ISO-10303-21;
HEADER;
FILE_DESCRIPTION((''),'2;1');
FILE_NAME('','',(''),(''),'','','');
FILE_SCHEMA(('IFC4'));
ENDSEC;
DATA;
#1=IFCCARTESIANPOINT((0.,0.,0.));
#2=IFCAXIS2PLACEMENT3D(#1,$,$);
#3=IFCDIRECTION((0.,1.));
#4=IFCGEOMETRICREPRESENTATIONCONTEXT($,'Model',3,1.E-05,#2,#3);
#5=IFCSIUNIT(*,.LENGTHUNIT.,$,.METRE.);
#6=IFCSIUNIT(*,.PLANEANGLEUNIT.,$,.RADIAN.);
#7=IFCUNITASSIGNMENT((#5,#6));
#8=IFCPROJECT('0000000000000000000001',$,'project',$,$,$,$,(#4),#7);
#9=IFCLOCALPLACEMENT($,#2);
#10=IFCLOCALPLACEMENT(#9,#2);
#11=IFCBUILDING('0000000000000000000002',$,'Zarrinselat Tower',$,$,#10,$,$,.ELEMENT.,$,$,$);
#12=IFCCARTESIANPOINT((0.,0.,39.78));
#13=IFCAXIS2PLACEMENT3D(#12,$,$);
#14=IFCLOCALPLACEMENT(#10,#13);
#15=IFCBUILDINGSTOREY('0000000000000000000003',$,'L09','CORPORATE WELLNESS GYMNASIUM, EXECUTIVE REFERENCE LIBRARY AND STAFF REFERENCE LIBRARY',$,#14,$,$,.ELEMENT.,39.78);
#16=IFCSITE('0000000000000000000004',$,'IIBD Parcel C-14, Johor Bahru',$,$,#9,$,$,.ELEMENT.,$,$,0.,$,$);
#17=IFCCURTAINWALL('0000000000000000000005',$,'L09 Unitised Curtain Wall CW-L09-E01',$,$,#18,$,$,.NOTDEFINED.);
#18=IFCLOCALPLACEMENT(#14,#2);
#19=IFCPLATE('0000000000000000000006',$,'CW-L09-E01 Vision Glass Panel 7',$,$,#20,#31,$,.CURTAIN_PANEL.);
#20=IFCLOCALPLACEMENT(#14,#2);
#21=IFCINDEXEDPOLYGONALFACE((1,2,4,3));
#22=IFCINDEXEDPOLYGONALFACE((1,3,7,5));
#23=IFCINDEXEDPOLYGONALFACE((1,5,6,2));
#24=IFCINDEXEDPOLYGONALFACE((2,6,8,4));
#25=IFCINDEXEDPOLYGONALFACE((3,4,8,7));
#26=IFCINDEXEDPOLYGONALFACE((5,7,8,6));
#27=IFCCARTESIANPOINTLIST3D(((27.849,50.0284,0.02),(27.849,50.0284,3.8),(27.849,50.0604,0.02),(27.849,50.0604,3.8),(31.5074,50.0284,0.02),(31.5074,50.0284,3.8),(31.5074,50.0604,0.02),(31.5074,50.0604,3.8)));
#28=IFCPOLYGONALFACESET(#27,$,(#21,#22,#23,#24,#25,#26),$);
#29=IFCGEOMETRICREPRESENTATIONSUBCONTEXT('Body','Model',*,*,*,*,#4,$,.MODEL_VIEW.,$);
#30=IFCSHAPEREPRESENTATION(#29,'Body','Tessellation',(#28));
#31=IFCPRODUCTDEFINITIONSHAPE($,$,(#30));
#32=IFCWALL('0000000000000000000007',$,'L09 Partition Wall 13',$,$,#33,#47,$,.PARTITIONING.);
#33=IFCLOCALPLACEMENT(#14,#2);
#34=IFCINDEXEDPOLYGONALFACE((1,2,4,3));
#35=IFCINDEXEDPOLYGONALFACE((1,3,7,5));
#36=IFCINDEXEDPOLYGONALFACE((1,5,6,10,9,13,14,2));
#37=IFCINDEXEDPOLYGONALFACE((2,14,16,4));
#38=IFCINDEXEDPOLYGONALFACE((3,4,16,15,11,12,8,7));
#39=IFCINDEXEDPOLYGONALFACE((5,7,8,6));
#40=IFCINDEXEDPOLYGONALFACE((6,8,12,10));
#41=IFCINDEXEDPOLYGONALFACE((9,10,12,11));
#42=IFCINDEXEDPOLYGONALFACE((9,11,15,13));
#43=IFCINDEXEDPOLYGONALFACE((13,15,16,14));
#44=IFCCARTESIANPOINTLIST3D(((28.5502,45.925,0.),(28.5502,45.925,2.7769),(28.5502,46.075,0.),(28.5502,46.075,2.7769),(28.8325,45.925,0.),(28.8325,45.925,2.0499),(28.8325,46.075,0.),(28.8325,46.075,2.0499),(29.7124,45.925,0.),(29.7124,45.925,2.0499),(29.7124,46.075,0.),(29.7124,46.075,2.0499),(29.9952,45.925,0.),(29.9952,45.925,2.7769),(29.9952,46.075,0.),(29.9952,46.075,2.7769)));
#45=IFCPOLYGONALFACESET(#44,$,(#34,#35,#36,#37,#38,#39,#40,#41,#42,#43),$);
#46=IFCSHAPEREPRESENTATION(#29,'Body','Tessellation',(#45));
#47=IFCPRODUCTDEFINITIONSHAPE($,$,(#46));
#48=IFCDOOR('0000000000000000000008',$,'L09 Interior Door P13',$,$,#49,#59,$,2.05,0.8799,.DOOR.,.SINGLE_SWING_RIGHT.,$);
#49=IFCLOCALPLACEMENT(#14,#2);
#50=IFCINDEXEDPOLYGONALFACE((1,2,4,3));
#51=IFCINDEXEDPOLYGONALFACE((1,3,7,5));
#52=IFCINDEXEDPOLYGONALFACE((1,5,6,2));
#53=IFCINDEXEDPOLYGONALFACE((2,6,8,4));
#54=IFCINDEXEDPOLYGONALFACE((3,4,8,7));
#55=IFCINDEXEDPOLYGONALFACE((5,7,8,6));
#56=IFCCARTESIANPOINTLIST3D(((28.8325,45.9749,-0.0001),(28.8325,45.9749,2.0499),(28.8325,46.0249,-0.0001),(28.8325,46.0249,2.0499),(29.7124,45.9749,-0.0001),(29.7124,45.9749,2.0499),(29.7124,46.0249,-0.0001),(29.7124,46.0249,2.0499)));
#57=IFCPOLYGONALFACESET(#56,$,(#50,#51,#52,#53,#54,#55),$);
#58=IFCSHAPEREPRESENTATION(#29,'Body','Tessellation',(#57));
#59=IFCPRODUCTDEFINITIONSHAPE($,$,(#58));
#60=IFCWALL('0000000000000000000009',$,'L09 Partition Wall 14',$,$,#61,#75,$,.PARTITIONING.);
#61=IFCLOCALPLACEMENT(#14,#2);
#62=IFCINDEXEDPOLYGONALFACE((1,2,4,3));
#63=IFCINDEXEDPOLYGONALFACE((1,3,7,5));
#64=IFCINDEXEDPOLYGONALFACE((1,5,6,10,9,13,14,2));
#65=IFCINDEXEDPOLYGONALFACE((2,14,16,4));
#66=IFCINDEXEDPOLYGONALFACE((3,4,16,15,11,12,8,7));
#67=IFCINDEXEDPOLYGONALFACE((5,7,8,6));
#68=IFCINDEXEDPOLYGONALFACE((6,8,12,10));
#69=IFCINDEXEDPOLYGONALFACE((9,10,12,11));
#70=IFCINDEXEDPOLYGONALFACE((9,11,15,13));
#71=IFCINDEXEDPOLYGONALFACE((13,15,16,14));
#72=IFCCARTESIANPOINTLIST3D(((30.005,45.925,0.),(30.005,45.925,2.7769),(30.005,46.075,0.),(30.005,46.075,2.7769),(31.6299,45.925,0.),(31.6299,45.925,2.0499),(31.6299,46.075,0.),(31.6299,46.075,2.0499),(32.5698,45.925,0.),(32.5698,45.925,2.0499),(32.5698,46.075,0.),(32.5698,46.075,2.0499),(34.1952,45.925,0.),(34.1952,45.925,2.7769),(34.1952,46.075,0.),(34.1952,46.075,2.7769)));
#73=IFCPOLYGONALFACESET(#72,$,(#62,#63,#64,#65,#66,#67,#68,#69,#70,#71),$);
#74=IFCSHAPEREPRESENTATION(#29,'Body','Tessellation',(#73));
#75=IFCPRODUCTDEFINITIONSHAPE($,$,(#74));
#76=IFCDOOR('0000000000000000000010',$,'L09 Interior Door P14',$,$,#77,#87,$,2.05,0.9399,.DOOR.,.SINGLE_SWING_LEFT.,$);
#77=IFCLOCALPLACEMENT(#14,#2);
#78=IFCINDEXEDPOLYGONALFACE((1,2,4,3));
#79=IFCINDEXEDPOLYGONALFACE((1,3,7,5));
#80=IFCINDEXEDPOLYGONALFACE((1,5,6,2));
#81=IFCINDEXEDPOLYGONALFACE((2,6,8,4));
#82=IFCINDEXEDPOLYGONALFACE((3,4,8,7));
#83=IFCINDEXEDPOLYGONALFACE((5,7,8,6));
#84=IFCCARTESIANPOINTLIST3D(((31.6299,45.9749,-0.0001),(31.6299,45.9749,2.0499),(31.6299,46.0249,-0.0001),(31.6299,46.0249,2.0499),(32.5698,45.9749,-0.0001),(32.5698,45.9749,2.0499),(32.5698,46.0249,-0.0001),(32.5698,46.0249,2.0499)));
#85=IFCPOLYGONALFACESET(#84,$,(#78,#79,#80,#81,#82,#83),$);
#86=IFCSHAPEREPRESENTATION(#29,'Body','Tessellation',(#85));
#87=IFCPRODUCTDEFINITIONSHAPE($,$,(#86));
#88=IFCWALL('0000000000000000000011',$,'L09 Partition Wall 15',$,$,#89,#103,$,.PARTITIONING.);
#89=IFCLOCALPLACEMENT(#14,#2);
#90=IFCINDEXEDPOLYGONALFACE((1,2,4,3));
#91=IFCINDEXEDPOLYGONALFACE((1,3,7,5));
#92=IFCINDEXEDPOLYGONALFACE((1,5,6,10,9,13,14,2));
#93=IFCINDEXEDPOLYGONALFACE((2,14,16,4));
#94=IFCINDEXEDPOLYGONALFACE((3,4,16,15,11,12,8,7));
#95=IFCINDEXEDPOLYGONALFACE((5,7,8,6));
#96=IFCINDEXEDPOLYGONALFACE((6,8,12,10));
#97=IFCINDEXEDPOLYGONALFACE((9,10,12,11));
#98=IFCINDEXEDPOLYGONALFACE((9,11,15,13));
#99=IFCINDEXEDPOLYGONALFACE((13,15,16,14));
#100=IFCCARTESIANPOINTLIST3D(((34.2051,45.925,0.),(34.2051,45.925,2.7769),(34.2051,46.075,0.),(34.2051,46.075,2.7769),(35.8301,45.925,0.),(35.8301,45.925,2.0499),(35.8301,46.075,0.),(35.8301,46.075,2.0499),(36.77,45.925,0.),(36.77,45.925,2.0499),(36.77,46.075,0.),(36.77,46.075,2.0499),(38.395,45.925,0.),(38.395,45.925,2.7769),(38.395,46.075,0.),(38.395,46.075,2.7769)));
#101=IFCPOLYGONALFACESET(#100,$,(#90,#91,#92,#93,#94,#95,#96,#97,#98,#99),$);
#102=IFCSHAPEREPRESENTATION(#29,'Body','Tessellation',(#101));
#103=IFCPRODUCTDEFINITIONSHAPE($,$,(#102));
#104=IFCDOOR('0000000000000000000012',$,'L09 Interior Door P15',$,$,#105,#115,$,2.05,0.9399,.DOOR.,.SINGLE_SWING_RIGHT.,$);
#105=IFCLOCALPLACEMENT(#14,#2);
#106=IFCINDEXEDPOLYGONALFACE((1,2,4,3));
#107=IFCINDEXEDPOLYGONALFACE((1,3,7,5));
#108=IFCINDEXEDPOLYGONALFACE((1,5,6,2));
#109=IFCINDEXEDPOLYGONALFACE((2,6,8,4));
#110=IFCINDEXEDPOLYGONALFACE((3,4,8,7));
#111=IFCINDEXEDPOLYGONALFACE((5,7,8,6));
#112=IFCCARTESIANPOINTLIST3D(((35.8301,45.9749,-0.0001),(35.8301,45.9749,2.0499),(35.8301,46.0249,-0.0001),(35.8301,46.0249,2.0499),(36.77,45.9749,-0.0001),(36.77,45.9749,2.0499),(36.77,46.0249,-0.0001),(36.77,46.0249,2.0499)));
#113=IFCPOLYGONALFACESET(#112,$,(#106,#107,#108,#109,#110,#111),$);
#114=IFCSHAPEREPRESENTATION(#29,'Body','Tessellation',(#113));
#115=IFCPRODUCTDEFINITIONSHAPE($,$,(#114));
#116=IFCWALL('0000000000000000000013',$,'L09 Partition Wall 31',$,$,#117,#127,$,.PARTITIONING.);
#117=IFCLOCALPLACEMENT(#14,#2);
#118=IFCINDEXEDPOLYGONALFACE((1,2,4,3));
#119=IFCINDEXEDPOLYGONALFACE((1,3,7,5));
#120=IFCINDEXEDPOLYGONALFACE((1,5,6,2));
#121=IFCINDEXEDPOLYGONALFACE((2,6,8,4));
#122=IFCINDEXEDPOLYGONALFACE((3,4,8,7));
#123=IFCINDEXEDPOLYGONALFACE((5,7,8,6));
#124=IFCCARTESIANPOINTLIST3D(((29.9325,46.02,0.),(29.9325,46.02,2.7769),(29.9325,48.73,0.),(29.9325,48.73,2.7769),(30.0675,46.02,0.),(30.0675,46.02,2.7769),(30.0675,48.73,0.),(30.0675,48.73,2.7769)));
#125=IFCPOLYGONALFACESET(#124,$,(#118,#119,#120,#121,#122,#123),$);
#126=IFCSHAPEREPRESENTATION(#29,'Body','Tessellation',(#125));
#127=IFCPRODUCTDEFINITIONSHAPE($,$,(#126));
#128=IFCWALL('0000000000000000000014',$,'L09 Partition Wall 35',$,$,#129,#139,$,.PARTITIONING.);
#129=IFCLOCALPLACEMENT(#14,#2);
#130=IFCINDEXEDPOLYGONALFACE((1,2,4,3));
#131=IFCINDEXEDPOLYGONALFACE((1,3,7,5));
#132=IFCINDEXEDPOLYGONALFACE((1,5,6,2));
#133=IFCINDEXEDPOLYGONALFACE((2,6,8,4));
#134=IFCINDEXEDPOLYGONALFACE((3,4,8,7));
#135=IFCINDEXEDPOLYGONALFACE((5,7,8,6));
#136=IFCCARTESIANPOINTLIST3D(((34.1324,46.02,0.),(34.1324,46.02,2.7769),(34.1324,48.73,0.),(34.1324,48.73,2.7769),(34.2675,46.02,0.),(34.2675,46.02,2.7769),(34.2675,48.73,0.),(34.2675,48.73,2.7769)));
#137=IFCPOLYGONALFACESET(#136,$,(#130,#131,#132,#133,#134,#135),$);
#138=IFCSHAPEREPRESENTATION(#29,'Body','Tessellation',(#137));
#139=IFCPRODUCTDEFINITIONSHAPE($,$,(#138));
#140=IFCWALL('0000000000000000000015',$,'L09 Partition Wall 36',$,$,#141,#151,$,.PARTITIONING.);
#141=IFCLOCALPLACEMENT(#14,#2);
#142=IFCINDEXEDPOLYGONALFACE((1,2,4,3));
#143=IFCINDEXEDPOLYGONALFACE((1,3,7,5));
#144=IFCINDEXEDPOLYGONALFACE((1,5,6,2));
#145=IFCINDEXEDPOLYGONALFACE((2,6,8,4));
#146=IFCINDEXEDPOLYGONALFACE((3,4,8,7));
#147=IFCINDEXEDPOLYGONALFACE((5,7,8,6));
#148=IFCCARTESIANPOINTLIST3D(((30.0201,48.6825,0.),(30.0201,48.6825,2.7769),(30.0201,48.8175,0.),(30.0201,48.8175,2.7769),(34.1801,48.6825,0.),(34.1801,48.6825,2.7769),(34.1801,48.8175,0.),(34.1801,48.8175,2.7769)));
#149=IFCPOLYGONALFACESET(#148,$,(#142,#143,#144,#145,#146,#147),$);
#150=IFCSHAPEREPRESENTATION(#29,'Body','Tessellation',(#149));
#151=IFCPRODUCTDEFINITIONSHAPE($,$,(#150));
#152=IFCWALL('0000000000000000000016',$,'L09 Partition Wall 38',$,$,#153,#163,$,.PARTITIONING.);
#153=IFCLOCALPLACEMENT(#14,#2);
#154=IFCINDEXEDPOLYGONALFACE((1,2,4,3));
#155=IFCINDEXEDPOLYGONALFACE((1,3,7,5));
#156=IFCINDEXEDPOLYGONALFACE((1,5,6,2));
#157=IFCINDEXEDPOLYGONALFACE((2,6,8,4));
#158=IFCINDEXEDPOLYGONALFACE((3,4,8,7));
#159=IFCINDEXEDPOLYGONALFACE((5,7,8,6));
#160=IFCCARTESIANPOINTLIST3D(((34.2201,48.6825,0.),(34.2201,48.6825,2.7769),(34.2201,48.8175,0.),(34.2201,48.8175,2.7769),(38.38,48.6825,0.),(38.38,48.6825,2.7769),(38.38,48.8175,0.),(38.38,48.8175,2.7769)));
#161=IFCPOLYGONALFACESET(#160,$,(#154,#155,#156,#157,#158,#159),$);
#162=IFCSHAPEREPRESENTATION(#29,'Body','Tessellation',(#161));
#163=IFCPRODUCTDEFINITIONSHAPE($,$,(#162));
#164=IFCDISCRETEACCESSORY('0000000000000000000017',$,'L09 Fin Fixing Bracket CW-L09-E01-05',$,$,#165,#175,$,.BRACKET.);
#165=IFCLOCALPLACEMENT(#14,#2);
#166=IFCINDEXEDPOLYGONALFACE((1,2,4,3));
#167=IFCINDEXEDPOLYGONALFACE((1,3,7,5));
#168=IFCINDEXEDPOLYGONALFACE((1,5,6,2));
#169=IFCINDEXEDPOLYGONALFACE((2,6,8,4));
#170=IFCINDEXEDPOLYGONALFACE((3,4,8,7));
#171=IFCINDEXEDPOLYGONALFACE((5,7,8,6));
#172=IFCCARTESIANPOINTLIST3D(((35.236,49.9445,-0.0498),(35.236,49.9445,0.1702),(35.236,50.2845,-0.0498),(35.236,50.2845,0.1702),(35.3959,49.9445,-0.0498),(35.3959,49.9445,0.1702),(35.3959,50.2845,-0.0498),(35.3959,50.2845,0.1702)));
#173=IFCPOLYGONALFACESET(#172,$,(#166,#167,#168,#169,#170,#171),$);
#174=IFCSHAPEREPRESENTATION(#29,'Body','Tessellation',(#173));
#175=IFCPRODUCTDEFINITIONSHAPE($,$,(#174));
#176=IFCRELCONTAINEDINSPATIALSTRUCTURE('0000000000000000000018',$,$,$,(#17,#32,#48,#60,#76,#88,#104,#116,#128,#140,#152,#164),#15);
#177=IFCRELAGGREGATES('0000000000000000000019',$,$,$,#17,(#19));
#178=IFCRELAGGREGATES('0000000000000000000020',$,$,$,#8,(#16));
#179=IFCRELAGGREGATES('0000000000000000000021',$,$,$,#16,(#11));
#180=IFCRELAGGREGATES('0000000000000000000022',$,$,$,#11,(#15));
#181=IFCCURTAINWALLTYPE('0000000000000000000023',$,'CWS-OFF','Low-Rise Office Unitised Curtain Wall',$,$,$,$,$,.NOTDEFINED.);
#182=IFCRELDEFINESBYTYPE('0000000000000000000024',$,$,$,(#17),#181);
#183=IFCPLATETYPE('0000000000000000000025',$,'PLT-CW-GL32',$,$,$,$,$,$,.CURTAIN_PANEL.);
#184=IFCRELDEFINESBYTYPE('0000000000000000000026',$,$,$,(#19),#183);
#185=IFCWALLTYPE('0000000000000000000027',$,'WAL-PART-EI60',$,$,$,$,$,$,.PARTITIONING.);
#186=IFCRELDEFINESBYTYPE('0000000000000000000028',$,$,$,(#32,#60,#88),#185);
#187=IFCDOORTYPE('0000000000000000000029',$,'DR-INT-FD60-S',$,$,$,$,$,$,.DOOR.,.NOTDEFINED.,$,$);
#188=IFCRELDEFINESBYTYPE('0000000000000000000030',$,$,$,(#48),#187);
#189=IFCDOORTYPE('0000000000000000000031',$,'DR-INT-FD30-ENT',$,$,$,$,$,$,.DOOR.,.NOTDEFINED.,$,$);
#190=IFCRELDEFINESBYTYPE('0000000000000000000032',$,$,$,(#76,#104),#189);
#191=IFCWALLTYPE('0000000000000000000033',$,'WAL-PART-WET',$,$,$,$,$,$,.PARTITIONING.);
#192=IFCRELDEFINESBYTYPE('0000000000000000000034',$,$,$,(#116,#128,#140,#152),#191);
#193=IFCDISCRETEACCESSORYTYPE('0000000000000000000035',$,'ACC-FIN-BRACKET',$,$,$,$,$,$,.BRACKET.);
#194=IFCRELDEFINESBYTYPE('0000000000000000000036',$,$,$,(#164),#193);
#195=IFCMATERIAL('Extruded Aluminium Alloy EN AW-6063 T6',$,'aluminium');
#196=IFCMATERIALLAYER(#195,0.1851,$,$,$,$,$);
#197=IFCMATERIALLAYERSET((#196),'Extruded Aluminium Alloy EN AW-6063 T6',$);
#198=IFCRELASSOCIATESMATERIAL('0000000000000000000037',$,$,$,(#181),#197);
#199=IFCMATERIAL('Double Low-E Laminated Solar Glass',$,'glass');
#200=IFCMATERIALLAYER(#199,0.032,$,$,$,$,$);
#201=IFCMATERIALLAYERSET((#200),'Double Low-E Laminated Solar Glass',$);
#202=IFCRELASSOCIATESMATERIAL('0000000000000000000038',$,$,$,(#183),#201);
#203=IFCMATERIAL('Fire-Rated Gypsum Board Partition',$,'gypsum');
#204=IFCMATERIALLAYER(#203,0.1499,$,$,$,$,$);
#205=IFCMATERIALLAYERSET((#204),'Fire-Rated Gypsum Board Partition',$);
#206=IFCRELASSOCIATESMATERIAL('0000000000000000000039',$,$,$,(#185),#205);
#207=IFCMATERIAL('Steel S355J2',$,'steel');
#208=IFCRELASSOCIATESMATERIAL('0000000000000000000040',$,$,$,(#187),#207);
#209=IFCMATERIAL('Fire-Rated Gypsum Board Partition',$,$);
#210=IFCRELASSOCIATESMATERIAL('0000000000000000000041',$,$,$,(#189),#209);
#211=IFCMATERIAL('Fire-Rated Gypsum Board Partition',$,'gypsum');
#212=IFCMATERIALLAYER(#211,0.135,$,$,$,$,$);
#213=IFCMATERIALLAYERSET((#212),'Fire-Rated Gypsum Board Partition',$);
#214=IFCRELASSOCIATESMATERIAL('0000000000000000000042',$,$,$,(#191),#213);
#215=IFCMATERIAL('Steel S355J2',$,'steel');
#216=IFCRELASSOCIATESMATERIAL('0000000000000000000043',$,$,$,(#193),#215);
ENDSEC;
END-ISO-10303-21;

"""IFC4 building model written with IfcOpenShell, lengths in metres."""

from ifc_helpers import new_model, si_unit, direction, frame, frame_2d, origin, origin_2d, place, context, subcontext, project, spatial, rectangle, extrude, material, layer, layer_set, type_object, element, fill, aggregate, save


model = new_model("IFC4")

# Units and contexts
model_context = context("Model", 3, precision=1e-05, world=origin(), true_north=direction((0.0, 1.0)))
body_context = subcontext(model_context, "Body", "Model", "MODEL_VIEW")
ifc_project = project(units=[si_unit("LENGTHUNIT", "METRE"), si_unit("PLANEANGLEUNIT", "RADIAN")], contexts=[model_context])

# Site, building, storey
site_placement = place(None, origin())
site = spatial("IfcSite", under=ifc_project, at=site_placement, Name="IIBD Parcel C-14, Johor Bahru", CompositionType="ELEMENT", RefElevation=0.0)
building_placement = place(site_placement, origin())
building = spatial("IfcBuilding", under=site, at=building_placement, Name="Zarrinselat Tower", CompositionType="ELEMENT")
storey_placement = place(building_placement, frame((0.0, 0.0, 39.78)))
storey = spatial("IfcBuildingStorey", under=building, at=storey_placement, Name="L09", Description="CORPORATE WELLNESS GYMNASIUM, EXECUTIVE REFERENCE LIBRARY AND STAFF REFERENCE LIBRARY", CompositionType="ELEMENT", Elevation=39.78)

# Curtain wall, plate
ifc_material_1 = material(Name="Extruded Aluminium Alloy EN AW-6063 T6", Category="aluminium")
ifc_layer_1 = layer(ifc_material_1, 0.1851)
ifc_layer_set_1 = layer_set([ifc_layer_1], Name="Extruded Aluminium Alloy EN AW-6063 T6")
curtain_wall_type = type_object("IfcCurtainWallType", Name="CWS-OFF", Description="Low-Rise Office Unitised Curtain Wall", PredefinedType="NOTDEFINED", material=ifc_layer_set_1)
curtain_wall_placement = place(storey_placement, origin())
curtain_wall = element("IfcCurtainWall", 1, at=curtain_wall_placement, inside=storey, type_object=curtain_wall_type, Name="L09 Unitised Curtain Wall CW-L09-E01", PredefinedType="NOTDEFINED")
ifc_material_2 = material(Name="Double Low-E Laminated Solar Glass", Category="glass")
ifc_layer_2 = layer(ifc_material_2, 0.032)
ifc_layer_set_2 = layer_set([ifc_layer_2], Name="Double Low-E Laminated Solar Glass")
plate_type = type_object("IfcPlateType", Name="PLT-CW-GL32", PredefinedType="CURTAIN_PANEL", material=ifc_layer_set_2)
plate_1_placement = place(storey_placement, frame((29.6782, 50.0444, 0.02), z_axis=(0.0, 0.0, 1.0), x_axis=(-1.0, 0.0, 0.0)))
plate_1 = element("IfcPlate", 2, at=plate_1_placement, type_object=plate_type, Name="CW-L09-E01 Vision Glass Panel 7", PredefinedType="CURTAIN_PANEL", context=body_context, shape_type="SweptSolid", body=[
    extrude(rectangle(XDim=3.6584, YDim=0.032, at=origin_2d()), origin(), (0.0, 0.0, 1.0), 3.78),
])
aggregate(curtain_wall, [plate_1])

# Walls, openings, doors
ifc_material_3 = material(Name="Fire-Rated Gypsum Board Partition", Category="gypsum")
ifc_layer_3 = layer(ifc_material_3, 0.1499)
ifc_layer_set_3 = layer_set([ifc_layer_3], Name="Fire-Rated Gypsum Board Partition")
wall_type_1 = type_object("IfcWallType", Name="WAL-PART-EI60", PredefinedType="PARTITIONING", material=ifc_layer_set_3)
wall_1_placement = place(storey_placement, frame((28.55, 46.0, 0.0), z_axis=(0.0, 0.0, 1.0), x_axis=(1.0, 0.0, 0.0)))
wall_1 = element("IfcWall", 3, at=wall_1_placement, inside=storey, type_object=wall_type_1, Name="L09 Partition Wall 13", PredefinedType="PARTITIONING", context=body_context, shape_type="SweptSolid", body=[
    extrude(rectangle(XDim=1.4451, YDim=0.1499, at=frame_2d((0.7227, 0.0))), origin(), (0.0, 0.0, 1.0), 2.7769),
])
opening_1_placement = place(wall_1_placement, frame((0.2825, 0.0, 0.0)))
opening_1 = element("IfcOpeningElement", 4, at=opening_1_placement, cuts=wall_1, PredefinedType="OPENING", context=body_context, shape_type="SweptSolid", body=[
    extrude(rectangle(XDim=0.8799, YDim=2.05, at=frame_2d((0.4399, 1.0249))), frame((0.0, 0.085, 0.0), z_axis=(0.0, -1.0, 0.0), x_axis=(1.0, 0.0, 0.0)), (0.0, 0.0, 1.0), 0.1699),
])
ifc_material_4 = material(Name="Steel S355J2", Category="steel")
door_type_1 = type_object("IfcDoorType", Name="DR-INT-FD60-S", OperationType="NOTDEFINED", PredefinedType="DOOR", material=ifc_material_4)
door_1_placement = place(opening_1_placement, origin())
door_1 = element("IfcDoor", 5, at=door_1_placement, inside=storey, type_object=door_type_1, Name="L09 Interior Door P13", OperationType="SINGLE_SWING_RIGHT", OverallHeight=2.05, OverallWidth=0.8799, PredefinedType="DOOR", context=body_context, shape_type="SweptSolid", body=[
    extrude(rectangle(XDim=0.8799, YDim=2.05, at=frame_2d((0.4399, 1.0249))), frame((0.0, 0.0249, 0.0), z_axis=(0.0, -1.0, 0.0), x_axis=(1.0, 0.0, 0.0)), (0.0, 0.0, 1.0), 0.05),
])
fill(opening_1, door_1)
wall_2_placement = place(storey_placement, frame((30.0049, 46.0, 0.0), z_axis=(0.0, 0.0, 1.0), x_axis=(1.0, 0.0, 0.0)))
wall_2 = element("IfcWall", 6, at=wall_2_placement, inside=storey, type_object=wall_type_1, Name="L09 Partition Wall 14", PredefinedType="PARTITIONING", context=body_context, shape_type="SweptSolid", body=[
    extrude(rectangle(XDim=4.1902, YDim=0.1499, at=frame_2d((2.0952, 0.0))), origin(), (0.0, 0.0, 1.0), 2.7769),
])
opening_2_placement = place(wall_2_placement, frame((1.625, 0.0, 0.0)))
opening_2 = element("IfcOpeningElement", 7, at=opening_2_placement, cuts=wall_2, PredefinedType="OPENING", context=body_context, shape_type="SweptSolid", body=[
    extrude(rectangle(XDim=0.9399, YDim=2.05, at=frame_2d((0.47, 1.0249))), frame((0.0, 0.085, 0.0), z_axis=(0.0, -1.0, 0.0), x_axis=(1.0, 0.0, 0.0)), (0.0, 0.0, 1.0), 0.1699),
])
ifc_material_5 = material(Name="Fire-Rated Gypsum Board Partition")
door_type_2 = type_object("IfcDoorType", Name="DR-INT-FD30-ENT", OperationType="NOTDEFINED", PredefinedType="DOOR", material=ifc_material_5)
door_2_placement = place(opening_2_placement, origin())
door_2 = element("IfcDoor", 8, at=door_2_placement, inside=storey, type_object=door_type_2, Name="L09 Interior Door P14", OperationType="SINGLE_SWING_LEFT", OverallHeight=2.05, OverallWidth=0.9399, PredefinedType="DOOR", context=body_context, shape_type="SweptSolid", body=[
    extrude(rectangle(XDim=0.9399, YDim=2.05, at=frame_2d((0.47, 1.0249))), frame((0.0, 0.0249, 0.0), z_axis=(0.0, -1.0, 0.0), x_axis=(1.0, 0.0, 0.0)), (0.0, 0.0, 1.0), 0.05),
])
fill(opening_2, door_2)
wall_3_placement = place(storey_placement, frame((34.2051, 46.0, 0.0), z_axis=(0.0, 0.0, 1.0), x_axis=(1.0, 0.0, 0.0)))
wall_3 = element("IfcWall", 9, at=wall_3_placement, inside=storey, type_object=wall_type_1, Name="L09 Partition Wall 15", PredefinedType="PARTITIONING", context=body_context, shape_type="SweptSolid", body=[
    extrude(rectangle(XDim=4.1899, YDim=0.1499, at=frame_2d((2.095, 0.0))), origin(), (0.0, 0.0, 1.0), 2.7769),
])
opening_3_placement = place(wall_3_placement, frame((1.625, 0.0, 0.0)))
opening_3 = element("IfcOpeningElement", 10, at=opening_3_placement, cuts=wall_3, PredefinedType="OPENING", context=body_context, shape_type="SweptSolid", body=[
    extrude(rectangle(XDim=0.9399, YDim=2.05, at=frame_2d((0.47, 1.0249))), frame((0.0, 0.085, 0.0), z_axis=(0.0, -1.0, 0.0), x_axis=(1.0, 0.0, 0.0)), (0.0, 0.0, 1.0), 0.1699),
])
door_3_placement = place(opening_3_placement, origin())
door_3 = element("IfcDoor", 11, at=door_3_placement, inside=storey, type_object=door_type_2, Name="L09 Interior Door P15", OperationType="SINGLE_SWING_RIGHT", OverallHeight=2.05, OverallWidth=0.9399, PredefinedType="DOOR", context=body_context, shape_type="SweptSolid", body=[
    extrude(rectangle(XDim=0.9399, YDim=2.05, at=frame_2d((0.47, 1.0249))), frame((0.0, 0.0249, 0.0), z_axis=(0.0, -1.0, 0.0), x_axis=(1.0, 0.0, 0.0)), (0.0, 0.0, 1.0), 0.05),
])
fill(opening_3, door_3)

# Walls
ifc_material_6 = material(Name="Fire-Rated Gypsum Board Partition", Category="gypsum")
ifc_layer_4 = layer(ifc_material_6, 0.135)
ifc_layer_set_4 = layer_set([ifc_layer_4], Name="Fire-Rated Gypsum Board Partition")
wall_type_2 = type_object("IfcWallType", Name="WAL-PART-WET", PredefinedType="PARTITIONING", material=ifc_layer_set_4)
for number, where, z_axis, x_axis, name in (
    (12, (30.0, 46.02, 0.0), (0.0, 0.0, 1.0), (0.0, 1.0, 0.0), "L09 Partition Wall 31"),
    (13, (34.2, 46.02, 0.0), (0.0, 0.0, 1.0), (0.0, 1.0, 0.0), "L09 Partition Wall 35"),
):
    element("IfcWall", number, at=place(storey_placement, frame(where, z_axis=z_axis, x_axis=x_axis)), inside=storey, type_object=wall_type_2, Name=name, PredefinedType="PARTITIONING", context=body_context, shape_type="SweptSolid", body=[
        extrude(rectangle(XDim=2.71, YDim=0.135, at=frame_2d((1.355, 0.0))), origin(), (0.0, 0.0, 1.0), 2.7769),
    ])
for number, where, z_axis, x_axis, name in (
    (14, (30.02, 48.75, 0.0), (0.0, 0.0, 1.0), (1.0, 0.0, 0.0), "L09 Partition Wall 36"),
    (15, (34.22, 48.75, 0.0), (0.0, 0.0, 1.0), (1.0, 0.0, 0.0), "L09 Partition Wall 38"),
):
    element("IfcWall", number, at=place(storey_placement, frame(where, z_axis=z_axis, x_axis=x_axis)), inside=storey, type_object=wall_type_2, Name=name, PredefinedType="PARTITIONING", context=body_context, shape_type="SweptSolid", body=[
        extrude(rectangle(XDim=4.1599, YDim=0.135, at=frame_2d((2.0801, 0.0))), origin(), (0.0, 0.0, 1.0), 2.7769),
    ])

# Discrete accessory
ifc_material_7 = material(Name="Steel S355J2", Category="steel")
discrete_accessory_type = type_object("IfcDiscreteAccessoryType", Name="ACC-FIN-BRACKET", PredefinedType="BRACKET", material=ifc_material_7)
discrete_accessory_placement = place(storey_placement, frame((35.3159, 50.1145, -0.0498), z_axis=(0.0, 0.0, 1.0), x_axis=(0.0, 1.0, 0.0)))
element("IfcDiscreteAccessory", 16, at=discrete_accessory_placement, inside=storey, type_object=discrete_accessory_type, Name="L09 Fin Fixing Bracket CW-L09-E01-05", PredefinedType="BRACKET", context=body_context, shape_type="SweptSolid", body=[
    extrude(rectangle(XDim=0.3401, YDim=0.1599, at=origin_2d()), origin(), (0.0, 0.0, 1.0), 0.22),
])

save(model, "model.ifc")
